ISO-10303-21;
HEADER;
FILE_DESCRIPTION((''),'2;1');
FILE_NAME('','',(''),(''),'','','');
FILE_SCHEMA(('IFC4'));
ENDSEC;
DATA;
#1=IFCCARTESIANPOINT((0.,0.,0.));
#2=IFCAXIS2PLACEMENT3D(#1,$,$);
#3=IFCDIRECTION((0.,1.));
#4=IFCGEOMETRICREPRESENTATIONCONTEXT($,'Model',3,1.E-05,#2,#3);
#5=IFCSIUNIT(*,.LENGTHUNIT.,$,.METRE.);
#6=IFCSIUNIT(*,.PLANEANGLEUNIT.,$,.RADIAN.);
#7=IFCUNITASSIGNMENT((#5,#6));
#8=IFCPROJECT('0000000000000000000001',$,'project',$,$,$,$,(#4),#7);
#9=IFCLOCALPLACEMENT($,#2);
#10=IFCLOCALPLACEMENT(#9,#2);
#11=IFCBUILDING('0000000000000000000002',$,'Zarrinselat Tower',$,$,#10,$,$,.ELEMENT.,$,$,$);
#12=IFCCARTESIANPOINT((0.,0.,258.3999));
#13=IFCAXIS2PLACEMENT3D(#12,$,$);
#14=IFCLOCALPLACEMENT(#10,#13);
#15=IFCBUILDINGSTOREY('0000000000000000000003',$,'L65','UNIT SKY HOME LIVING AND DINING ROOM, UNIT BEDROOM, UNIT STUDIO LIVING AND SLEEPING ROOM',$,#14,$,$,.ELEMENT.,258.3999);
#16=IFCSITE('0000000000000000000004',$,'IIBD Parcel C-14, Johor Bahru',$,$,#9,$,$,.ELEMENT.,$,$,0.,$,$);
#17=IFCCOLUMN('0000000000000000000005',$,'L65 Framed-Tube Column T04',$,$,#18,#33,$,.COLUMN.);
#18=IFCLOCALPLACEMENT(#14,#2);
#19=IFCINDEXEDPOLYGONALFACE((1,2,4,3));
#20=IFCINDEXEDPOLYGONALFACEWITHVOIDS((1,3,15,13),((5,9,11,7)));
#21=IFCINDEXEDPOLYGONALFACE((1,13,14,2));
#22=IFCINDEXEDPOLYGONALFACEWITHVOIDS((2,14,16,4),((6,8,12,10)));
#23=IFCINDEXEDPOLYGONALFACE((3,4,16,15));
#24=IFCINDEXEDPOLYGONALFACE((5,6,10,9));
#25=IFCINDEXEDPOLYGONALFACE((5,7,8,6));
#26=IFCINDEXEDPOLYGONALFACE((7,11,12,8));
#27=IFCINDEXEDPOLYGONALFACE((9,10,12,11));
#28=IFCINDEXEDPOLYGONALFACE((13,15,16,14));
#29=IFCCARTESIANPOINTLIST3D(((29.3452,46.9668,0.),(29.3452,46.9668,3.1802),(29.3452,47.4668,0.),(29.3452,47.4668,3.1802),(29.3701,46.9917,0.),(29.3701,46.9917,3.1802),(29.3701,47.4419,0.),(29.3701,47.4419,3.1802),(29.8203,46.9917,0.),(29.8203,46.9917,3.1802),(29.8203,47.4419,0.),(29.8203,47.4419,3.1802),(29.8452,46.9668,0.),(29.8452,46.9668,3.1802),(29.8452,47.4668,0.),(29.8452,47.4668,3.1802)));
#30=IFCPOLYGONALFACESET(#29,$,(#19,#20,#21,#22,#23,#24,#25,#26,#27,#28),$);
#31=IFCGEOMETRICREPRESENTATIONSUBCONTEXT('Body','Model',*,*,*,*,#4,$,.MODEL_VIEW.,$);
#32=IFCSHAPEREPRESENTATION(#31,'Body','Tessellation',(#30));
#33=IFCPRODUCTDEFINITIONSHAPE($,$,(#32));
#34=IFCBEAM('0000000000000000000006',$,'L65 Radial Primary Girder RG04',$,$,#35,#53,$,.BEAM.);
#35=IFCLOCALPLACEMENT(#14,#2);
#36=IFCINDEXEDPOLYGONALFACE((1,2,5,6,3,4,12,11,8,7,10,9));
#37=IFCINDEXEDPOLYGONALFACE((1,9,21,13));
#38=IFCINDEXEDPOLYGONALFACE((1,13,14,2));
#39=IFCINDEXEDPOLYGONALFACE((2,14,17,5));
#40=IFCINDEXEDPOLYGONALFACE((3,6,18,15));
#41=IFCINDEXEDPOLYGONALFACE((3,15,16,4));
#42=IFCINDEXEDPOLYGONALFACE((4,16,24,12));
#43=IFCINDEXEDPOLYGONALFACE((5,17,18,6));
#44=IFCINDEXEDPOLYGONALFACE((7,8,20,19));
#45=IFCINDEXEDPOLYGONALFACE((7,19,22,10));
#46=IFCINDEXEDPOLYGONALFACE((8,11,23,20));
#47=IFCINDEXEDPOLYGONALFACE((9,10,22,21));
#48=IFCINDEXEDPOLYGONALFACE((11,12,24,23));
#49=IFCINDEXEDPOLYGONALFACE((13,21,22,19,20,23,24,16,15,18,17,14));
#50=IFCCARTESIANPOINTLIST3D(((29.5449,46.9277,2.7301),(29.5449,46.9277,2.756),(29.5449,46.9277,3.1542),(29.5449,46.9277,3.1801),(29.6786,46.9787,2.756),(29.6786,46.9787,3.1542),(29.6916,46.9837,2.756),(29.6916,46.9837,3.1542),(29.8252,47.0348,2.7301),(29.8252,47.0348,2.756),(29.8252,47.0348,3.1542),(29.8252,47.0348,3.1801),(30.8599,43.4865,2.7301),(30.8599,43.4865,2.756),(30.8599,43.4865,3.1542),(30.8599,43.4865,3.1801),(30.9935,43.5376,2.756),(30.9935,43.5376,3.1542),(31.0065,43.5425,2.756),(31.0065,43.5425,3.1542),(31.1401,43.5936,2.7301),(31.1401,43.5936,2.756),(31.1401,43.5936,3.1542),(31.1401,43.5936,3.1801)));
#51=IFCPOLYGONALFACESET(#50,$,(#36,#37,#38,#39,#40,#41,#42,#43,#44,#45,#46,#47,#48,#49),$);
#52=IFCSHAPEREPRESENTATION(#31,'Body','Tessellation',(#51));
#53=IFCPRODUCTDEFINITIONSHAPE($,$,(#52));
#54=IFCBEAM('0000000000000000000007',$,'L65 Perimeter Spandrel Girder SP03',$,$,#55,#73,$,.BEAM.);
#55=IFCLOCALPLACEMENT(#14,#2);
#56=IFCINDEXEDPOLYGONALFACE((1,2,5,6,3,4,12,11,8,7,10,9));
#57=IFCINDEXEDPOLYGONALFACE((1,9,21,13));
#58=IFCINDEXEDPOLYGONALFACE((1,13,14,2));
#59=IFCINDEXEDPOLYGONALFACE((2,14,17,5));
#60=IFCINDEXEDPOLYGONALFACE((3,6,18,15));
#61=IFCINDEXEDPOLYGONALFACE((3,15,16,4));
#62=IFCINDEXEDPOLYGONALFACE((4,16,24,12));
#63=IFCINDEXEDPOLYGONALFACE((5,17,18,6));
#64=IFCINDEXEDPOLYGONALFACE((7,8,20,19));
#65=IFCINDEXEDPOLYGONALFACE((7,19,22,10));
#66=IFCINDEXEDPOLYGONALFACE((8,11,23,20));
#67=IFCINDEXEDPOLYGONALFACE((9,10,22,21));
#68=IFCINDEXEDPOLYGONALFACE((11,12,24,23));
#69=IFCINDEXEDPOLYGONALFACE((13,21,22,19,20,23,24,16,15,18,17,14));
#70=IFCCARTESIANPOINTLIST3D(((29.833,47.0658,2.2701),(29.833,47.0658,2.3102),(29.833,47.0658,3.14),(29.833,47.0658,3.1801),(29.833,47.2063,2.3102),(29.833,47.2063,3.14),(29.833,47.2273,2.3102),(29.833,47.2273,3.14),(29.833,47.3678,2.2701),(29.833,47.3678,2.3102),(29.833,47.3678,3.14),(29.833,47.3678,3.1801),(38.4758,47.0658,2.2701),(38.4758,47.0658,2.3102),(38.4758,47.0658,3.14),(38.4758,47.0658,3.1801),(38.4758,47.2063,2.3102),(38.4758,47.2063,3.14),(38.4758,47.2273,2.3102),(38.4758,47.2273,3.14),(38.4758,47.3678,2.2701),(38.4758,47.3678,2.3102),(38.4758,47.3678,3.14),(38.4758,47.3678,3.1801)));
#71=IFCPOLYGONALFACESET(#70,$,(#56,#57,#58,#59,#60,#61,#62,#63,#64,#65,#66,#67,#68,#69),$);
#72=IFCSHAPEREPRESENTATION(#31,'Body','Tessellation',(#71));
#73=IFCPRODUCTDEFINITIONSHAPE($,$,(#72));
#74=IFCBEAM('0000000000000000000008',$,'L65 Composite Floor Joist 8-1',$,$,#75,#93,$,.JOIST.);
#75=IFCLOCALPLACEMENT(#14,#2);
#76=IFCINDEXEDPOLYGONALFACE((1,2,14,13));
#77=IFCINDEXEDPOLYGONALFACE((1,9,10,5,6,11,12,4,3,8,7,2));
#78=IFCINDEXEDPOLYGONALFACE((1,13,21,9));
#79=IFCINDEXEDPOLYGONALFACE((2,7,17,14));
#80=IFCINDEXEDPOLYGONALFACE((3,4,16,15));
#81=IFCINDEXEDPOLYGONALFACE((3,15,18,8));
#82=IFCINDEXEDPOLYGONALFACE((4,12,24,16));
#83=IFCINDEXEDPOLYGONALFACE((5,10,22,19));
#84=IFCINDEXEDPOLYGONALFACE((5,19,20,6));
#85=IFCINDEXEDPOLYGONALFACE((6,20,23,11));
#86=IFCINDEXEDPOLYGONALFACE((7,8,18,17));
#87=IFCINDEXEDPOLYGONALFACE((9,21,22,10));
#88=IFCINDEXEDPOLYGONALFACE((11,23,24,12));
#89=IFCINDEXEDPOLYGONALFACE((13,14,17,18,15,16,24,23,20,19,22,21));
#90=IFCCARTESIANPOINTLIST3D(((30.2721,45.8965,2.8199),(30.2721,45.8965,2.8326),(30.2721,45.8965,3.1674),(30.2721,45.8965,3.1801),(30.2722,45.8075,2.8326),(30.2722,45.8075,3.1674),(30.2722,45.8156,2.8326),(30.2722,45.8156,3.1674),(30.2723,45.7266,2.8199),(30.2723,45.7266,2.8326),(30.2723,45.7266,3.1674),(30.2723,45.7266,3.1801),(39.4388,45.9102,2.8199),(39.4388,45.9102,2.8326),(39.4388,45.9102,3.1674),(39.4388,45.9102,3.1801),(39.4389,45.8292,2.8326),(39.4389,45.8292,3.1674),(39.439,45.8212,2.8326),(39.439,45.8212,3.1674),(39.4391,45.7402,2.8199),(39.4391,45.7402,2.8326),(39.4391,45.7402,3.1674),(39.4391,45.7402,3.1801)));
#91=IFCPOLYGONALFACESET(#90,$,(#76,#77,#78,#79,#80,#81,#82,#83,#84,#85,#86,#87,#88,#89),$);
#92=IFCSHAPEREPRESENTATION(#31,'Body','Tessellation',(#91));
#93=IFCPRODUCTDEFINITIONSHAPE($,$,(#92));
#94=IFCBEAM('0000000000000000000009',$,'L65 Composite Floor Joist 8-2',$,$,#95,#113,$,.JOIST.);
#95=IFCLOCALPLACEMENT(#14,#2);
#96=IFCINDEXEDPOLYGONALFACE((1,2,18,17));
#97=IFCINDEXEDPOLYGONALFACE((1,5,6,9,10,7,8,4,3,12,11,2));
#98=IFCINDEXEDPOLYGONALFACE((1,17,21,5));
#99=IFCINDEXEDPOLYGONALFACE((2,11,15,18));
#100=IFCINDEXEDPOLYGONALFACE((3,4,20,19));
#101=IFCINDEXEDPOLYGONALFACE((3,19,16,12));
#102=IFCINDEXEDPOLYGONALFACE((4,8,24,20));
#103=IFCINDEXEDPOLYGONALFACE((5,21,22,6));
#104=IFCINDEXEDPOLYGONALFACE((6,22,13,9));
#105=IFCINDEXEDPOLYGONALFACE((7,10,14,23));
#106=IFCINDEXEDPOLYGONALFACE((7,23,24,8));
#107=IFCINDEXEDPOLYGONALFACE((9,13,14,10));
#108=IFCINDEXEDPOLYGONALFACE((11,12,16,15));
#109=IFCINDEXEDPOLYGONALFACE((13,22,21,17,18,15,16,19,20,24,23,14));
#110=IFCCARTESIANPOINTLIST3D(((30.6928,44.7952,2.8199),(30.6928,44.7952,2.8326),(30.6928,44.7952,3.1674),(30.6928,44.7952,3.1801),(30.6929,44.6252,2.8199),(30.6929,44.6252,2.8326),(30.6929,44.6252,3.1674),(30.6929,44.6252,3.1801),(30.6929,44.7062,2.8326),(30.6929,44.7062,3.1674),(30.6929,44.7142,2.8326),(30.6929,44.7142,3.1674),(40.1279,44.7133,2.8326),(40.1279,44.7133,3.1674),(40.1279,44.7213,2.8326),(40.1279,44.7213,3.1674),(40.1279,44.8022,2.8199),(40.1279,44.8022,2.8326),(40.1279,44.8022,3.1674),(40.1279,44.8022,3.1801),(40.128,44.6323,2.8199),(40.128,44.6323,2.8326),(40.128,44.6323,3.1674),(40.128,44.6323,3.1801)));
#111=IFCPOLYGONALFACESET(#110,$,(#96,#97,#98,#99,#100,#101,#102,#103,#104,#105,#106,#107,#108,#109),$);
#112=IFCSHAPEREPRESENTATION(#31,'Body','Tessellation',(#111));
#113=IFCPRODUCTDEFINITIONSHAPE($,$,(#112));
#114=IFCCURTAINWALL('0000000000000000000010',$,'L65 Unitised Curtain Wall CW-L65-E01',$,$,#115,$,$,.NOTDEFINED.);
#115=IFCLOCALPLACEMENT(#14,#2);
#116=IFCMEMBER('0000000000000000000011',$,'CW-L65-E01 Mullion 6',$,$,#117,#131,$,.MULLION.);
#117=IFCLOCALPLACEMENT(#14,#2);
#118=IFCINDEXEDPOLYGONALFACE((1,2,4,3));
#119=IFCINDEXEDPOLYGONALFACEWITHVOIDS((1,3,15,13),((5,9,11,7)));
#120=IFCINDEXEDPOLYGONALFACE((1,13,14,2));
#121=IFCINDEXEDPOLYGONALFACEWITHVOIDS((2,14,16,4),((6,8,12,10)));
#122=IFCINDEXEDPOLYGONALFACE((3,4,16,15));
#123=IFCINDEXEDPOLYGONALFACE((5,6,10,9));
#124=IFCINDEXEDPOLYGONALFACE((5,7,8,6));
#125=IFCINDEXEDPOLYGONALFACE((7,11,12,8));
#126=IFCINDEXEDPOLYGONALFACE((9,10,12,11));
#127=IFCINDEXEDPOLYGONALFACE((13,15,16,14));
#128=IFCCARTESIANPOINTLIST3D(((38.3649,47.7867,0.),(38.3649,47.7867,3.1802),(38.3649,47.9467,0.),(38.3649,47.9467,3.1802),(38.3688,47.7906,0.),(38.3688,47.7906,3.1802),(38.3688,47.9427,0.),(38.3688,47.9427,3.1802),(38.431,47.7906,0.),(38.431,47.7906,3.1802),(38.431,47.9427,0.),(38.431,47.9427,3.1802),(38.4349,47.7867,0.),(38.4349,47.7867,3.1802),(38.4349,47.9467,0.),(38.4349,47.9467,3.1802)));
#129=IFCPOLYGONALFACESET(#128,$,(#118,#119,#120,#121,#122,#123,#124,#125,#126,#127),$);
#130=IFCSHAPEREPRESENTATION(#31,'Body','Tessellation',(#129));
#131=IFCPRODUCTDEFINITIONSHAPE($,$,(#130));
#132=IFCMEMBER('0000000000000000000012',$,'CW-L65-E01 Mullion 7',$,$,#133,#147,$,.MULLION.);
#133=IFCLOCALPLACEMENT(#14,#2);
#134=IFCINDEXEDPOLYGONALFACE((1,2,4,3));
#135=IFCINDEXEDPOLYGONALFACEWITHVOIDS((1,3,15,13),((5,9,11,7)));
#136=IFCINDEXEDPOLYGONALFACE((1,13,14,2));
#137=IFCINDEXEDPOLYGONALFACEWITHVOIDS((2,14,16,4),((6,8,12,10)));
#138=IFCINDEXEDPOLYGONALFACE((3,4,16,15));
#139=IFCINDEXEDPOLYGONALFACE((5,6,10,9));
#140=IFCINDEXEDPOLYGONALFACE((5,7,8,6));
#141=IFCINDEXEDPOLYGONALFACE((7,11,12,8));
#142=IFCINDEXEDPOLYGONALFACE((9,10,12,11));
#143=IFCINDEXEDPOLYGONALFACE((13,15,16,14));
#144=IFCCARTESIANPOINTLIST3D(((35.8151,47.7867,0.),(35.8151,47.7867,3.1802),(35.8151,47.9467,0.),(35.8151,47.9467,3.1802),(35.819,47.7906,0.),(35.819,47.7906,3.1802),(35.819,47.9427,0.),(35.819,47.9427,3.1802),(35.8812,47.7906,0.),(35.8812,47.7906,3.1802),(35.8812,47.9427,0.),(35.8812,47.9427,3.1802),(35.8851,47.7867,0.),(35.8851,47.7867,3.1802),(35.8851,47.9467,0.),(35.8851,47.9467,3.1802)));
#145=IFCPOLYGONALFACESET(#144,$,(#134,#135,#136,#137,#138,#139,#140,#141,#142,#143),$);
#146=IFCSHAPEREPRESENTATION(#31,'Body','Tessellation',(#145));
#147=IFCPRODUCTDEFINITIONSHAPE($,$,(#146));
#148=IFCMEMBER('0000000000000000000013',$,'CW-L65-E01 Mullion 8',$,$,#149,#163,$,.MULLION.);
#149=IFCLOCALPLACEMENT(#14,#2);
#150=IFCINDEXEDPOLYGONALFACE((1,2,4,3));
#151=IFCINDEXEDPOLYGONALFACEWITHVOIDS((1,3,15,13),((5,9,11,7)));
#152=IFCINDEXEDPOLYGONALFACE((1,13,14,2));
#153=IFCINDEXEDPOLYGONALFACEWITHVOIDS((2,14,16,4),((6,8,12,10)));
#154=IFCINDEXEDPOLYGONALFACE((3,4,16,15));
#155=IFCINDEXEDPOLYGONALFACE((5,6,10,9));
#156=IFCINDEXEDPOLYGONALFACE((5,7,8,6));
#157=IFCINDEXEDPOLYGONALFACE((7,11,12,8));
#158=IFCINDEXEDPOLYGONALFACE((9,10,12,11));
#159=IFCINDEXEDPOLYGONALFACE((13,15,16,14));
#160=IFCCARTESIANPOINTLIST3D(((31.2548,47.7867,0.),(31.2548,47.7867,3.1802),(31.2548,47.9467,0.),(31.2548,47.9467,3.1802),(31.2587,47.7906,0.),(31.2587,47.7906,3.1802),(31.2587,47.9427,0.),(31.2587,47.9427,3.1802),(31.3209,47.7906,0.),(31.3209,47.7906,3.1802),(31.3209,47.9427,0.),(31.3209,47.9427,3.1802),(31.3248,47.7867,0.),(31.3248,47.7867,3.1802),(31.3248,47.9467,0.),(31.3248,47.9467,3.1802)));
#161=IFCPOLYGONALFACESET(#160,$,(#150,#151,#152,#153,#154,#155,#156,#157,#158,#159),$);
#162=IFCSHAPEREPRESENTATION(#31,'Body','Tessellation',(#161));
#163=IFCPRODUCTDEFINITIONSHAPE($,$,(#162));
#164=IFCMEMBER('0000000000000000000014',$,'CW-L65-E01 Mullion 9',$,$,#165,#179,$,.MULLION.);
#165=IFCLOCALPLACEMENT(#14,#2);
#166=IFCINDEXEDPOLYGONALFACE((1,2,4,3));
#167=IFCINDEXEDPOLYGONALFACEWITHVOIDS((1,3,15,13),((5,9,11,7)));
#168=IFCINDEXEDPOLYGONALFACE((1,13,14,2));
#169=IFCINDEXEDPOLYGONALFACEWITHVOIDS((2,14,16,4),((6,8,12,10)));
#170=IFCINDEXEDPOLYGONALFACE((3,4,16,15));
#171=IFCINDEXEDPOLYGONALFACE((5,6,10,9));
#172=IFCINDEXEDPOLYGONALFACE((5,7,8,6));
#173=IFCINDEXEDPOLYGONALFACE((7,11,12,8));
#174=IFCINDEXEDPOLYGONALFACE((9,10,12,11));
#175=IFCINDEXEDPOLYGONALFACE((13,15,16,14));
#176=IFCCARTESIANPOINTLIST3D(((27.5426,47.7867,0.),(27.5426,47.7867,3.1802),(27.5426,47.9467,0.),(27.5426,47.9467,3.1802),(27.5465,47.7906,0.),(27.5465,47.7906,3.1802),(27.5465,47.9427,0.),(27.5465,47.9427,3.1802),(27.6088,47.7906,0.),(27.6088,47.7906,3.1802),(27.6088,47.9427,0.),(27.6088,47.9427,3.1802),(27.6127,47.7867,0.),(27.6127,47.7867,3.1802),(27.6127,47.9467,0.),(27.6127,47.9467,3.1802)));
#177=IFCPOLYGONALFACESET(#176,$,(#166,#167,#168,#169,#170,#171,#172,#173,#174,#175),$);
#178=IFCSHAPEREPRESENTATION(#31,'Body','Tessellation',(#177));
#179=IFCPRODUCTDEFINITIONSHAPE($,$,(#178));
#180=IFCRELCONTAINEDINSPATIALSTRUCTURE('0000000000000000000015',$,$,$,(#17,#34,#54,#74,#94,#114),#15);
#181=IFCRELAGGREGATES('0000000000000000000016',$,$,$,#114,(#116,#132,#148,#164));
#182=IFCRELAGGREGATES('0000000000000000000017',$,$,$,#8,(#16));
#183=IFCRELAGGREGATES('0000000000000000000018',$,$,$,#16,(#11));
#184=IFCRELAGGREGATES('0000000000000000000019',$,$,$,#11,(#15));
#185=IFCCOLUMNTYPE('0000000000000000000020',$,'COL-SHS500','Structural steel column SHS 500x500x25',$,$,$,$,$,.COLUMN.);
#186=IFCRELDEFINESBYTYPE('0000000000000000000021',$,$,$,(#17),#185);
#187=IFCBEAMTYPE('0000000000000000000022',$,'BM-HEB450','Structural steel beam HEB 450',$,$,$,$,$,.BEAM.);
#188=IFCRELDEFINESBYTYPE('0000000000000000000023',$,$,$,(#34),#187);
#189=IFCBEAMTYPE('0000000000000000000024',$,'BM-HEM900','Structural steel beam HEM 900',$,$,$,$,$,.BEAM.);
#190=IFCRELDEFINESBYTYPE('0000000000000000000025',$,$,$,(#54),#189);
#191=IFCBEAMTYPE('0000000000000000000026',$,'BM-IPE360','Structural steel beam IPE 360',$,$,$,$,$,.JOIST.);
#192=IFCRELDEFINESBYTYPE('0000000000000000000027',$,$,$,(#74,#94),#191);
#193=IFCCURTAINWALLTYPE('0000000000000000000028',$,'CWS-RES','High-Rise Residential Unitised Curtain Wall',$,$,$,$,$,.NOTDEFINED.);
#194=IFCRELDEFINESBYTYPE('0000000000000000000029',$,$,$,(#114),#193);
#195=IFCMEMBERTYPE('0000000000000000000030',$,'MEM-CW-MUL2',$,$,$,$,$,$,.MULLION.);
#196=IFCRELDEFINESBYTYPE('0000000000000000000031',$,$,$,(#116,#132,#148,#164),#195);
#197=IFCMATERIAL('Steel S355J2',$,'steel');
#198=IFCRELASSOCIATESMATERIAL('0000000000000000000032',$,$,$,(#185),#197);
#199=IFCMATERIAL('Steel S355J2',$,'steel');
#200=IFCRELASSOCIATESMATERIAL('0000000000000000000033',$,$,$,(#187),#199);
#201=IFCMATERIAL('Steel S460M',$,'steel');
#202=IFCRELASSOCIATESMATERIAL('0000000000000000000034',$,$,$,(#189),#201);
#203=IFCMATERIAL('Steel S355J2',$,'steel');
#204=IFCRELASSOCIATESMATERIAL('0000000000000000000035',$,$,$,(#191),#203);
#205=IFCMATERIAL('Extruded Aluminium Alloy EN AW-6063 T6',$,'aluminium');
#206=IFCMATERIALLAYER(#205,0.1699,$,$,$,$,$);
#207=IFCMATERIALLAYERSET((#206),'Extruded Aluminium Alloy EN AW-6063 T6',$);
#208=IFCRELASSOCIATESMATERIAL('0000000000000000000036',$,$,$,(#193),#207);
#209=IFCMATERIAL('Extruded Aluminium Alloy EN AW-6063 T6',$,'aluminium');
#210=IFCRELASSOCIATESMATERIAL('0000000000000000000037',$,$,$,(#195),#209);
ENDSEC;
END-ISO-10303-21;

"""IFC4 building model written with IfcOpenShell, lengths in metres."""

from ifc_helpers import new_model, si_unit, direction, frame, origin, origin_2d, place, context, subcontext, project, spatial, hollow_rectangle, i_section, extrude, material, layer, layer_set, material_profile, profile_set, type_object, element, aggregate, save


model = new_model("IFC4")

# Units and contexts
model_context = context("Model", 3, precision=1e-05, world=origin(), true_north=direction((0.0, 1.0)))
body_context = subcontext(model_context, "Body", "Model", "MODEL_VIEW")
ifc_project = project(units=[si_unit("LENGTHUNIT", "METRE"), si_unit("PLANEANGLEUNIT", "RADIAN")], contexts=[model_context])

# Site, building, storey
site_placement = place(None, origin())
site = spatial("IfcSite", under=ifc_project, at=site_placement, Name="IIBD Parcel C-14, Johor Bahru", CompositionType="ELEMENT", RefElevation=0.0)
building_placement = place(site_placement, origin())
building = spatial("IfcBuilding", under=site, at=building_placement, Name="Zarrinselat Tower", CompositionType="ELEMENT")
storey_placement = place(building_placement, frame((0.0, 0.0, 258.3999)))
storey = spatial("IfcBuildingStorey", under=building, at=storey_placement, Name="L65", Description="UNIT SKY HOME LIVING AND DINING ROOM, UNIT BEDROOM, UNIT STUDIO LIVING AND SLEEPING ROOM", CompositionType="ELEMENT", Elevation=258.3999)

# Column
ifc_material_1 = material(Name="Steel S355J2", Category="steel")
ifc_material_profile_1 = material_profile(ifc_material_1, hollow_rectangle(XDim=0.5, YDim=0.5, WallThickness=0.0249, at=origin_2d()), Name="SHS 500x500x25")
ifc_profile_set_1 = profile_set([ifc_material_profile_1], Name="Steel S355J2")
column_type = type_object("IfcColumnType", Name="COL-SHS500", Description="Structural steel column SHS 500x500x25", PredefinedType="COLUMN", material=ifc_profile_set_1)
column_placement = place(storey_placement, frame((29.5952, 47.2168, 0.0), z_axis=(0.0, 0.0, 1.0), x_axis=(1.0, 0.0, 0.0)))
element("IfcColumn", 1, at=column_placement, inside=storey, type_object=column_type, Name="L65 Framed-Tube Column T04", PredefinedType="COLUMN", context=body_context, shape_type="SweptSolid", body=[
    extrude(hollow_rectangle(XDim=0.5, YDim=0.5, WallThickness=0.0249, at=origin_2d()), origin(), (0.0, 0.0, 1.0), 3.1802),
])

# Beams
ifc_material_2 = material(Name="Steel S355J2", Category="steel")
ifc_material_profile_2 = material_profile(ifc_material_2, i_section(OverallWidth=0.3, OverallDepth=0.45, WebThickness=0.0139, FlangeThickness=0.0259, at=origin_2d()), Name="HEB 450")
ifc_profile_set_2 = profile_set([ifc_material_profile_2], Name="Steel S355J2")
beam_type_1 = type_object("IfcBeamType", Name="BM-HEB450", Description="Structural steel beam HEB 450", PredefinedType="BEAM", material=ifc_profile_set_2)
beam_1_placement = place(storey_placement, frame((29.6851, 46.9812, 2.9551), z_axis=(0.356949, -0.934124, 0.0), x_axis=(0.934124, 0.356949, 0.0)))
element("IfcBeam", 2, at=beam_1_placement, inside=storey, type_object=beam_type_1, Name="L65 Radial Primary Girder RG04", PredefinedType="BEAM", context=body_context, shape_type="SweptSolid", body=[
    extrude(i_section(OverallWidth=0.3, OverallDepth=0.45, WebThickness=0.0139, FlangeThickness=0.0259, at=origin_2d()), origin(), (0.0, 0.0, 1.0), 3.6838),
])
ifc_material_3 = material(Name="Steel S460M", Category="steel")
ifc_material_profile_3 = material_profile(ifc_material_3, i_section(OverallWidth=0.302, OverallDepth=0.9099, WebThickness=0.021, FlangeThickness=0.04, at=origin_2d()), Name="HEM 900")
ifc_profile_set_3 = profile_set([ifc_material_profile_3], Name="Steel S460M")
beam_type_2 = type_object("IfcBeamType", Name="BM-HEM900", Description="Structural steel beam HEM 900", PredefinedType="BEAM", material=ifc_profile_set_3)
beam_2_placement = place(storey_placement, frame((29.833, 47.2168, 2.7251), z_axis=(1.0, 0.0, 0.0), x_axis=(0.0, 1.0, 0.0)))
element("IfcBeam", 3, at=beam_2_placement, inside=storey, type_object=beam_type_2, Name="L65 Perimeter Spandrel Girder SP03", PredefinedType="BEAM", context=body_context, shape_type="SweptSolid", body=[
    extrude(i_section(OverallWidth=0.302, OverallDepth=0.9099, WebThickness=0.021, FlangeThickness=0.04, at=origin_2d()), origin(), (0.0, 0.0, 1.0), 8.6428),
])
ifc_material_4 = material(Name="Steel S355J2", Category="steel")
ifc_material_profile_4 = material_profile(ifc_material_4, i_section(OverallWidth=0.1699, OverallDepth=0.3601, WebThickness=0.0081, FlangeThickness=0.0127, at=origin_2d()), Name="IPE 360")
ifc_profile_set_4 = profile_set([ifc_material_profile_4], Name="Steel S355J2")
beam_type_3 = type_object("IfcBeamType", Name="BM-IPE360", Description="Structural steel beam IPE 360", PredefinedType="JOIST", material=ifc_profile_set_4)
beam_3_placement = place(storey_placement, frame((30.2722, 45.8115, 3.0), z_axis=(0.999999, 0.001491, 0.0), x_axis=(-0.001491, 0.999999, 0.0)))
element("IfcBeam", 4, at=beam_3_placement, inside=storey, type_object=beam_type_3, Name="L65 Composite Floor Joist 8-1", PredefinedType="JOIST", context=body_context, shape_type="SweptSolid", body=[
    extrude(i_section(OverallWidth=0.1699, OverallDepth=0.3601, WebThickness=0.0081, FlangeThickness=0.0127, at=origin_2d()), origin(), (0.0, 0.0, 1.0), 9.1667),
])
beam_4_placement = place(storey_placement, frame((30.6929, 44.7102, 3.0), z_axis=(1.0, 0.00075, 0.0), x_axis=(-0.00075, 1.0, 0.0)))
element("IfcBeam", 5, at=beam_4_placement, inside=storey, type_object=beam_type_3, Name="L65 Composite Floor Joist 8-2", PredefinedType="JOIST", context=body_context, shape_type="SweptSolid", body=[
    extrude(i_section(OverallWidth=0.1699, OverallDepth=0.3601, WebThickness=0.0081, FlangeThickness=0.0127, at=origin_2d()), origin(), (0.0, 0.0, 1.0), 9.4351),
])

# Curtain wall, members
ifc_material_5 = material(Name="Extruded Aluminium Alloy EN AW-6063 T6", Category="aluminium")
ifc_layer_1 = layer(ifc_material_5, 0.1699)
ifc_layer_set_1 = layer_set([ifc_layer_1], Name="Extruded Aluminium Alloy EN AW-6063 T6")
curtain_wall_type = type_object("IfcCurtainWallType", Name="CWS-RES", Description="High-Rise Residential Unitised Curtain Wall", PredefinedType="NOTDEFINED", material=ifc_layer_set_1)
curtain_wall_placement = place(storey_placement, origin())
curtain_wall = element("IfcCurtainWall", 6, at=curtain_wall_placement, inside=storey, type_object=curtain_wall_type, Name="L65 Unitised Curtain Wall CW-L65-E01", PredefinedType="NOTDEFINED")
ifc_material_6 = material(Name="Extruded Aluminium Alloy EN AW-6063 T6", Category="aluminium")
ifc_material_profile_5 = material_profile(ifc_material_6, hollow_rectangle(XDim=0.0701, YDim=0.1599, WallThickness=0.0039, at=origin_2d()), Name="RHS 160x70x4")
ifc_profile_set_5 = profile_set([ifc_material_profile_5], Name="Extruded Aluminium Alloy EN AW-6063 T6")
member_type_1 = type_object("IfcMemberType", Name="MEM-CW-MUL2", PredefinedType="MULLION", material=ifc_profile_set_5)
member_1_placement = place(storey_placement, frame((38.3999, 47.8667, 0.0), z_axis=(0.0, 0.0, 1.0), x_axis=(-1.0, 0.0, 0.0)))
member_1 = element("IfcMember", 7, at=member_1_placement, type_object=member_type_1, Name="CW-L65-E01 Mullion 6", PredefinedType="MULLION", context=body_context, shape_type="SweptSolid", body=[
    extrude(hollow_rectangle(XDim=0.0701, YDim=0.1599, WallThickness=0.0039, at=origin_2d()), origin(), (0.0, 0.0, 1.0), 3.1802),
])
member_2_placement = place(storey_placement, frame((35.8501, 47.8667, 0.0), z_axis=(0.0, 0.0, 1.0), x_axis=(-1.0, 0.0, 0.0)))
member_2 = element("IfcMember", 8, at=member_2_placement, type_object=member_type_1, Name="CW-L65-E01 Mullion 7", PredefinedType="MULLION", context=body_context, shape_type="SweptSolid", body=[
    extrude(hollow_rectangle(XDim=0.0701, YDim=0.1599, WallThickness=0.0039, at=origin_2d()), origin(), (0.0, 0.0, 1.0), 3.1802),
])
member_3_placement = place(storey_placement, frame((31.2898, 47.8667, 0.0), z_axis=(0.0, 0.0, 1.0), x_axis=(-1.0, 0.0, 0.0)))
member_3 = element("IfcMember", 9, at=member_3_placement, type_object=member_type_1, Name="CW-L65-E01 Mullion 8", PredefinedType="MULLION", context=body_context, shape_type="SweptSolid", body=[
    extrude(hollow_rectangle(XDim=0.0701, YDim=0.1599, WallThickness=0.0039, at=origin_2d()), origin(), (0.0, 0.0, 1.0), 3.1802),
])
member_4_placement = place(storey_placement, frame((27.5776, 47.8667, 0.0), z_axis=(0.0, 0.0, 1.0), x_axis=(-1.0, 0.0, 0.0)))
member_4 = element("IfcMember", 10, at=member_4_placement, type_object=member_type_1, Name="CW-L65-E01 Mullion 9", PredefinedType="MULLION", context=body_context, shape_type="SweptSolid", body=[
    extrude(hollow_rectangle(XDim=0.0701, YDim=0.1599, WallThickness=0.0039, at=origin_2d()), origin(), (0.0, 0.0, 1.0), 3.1802),
])
aggregate(curtain_wall, [member_1, member_2, member_3, member_4])

save(model, "model.ifc")
